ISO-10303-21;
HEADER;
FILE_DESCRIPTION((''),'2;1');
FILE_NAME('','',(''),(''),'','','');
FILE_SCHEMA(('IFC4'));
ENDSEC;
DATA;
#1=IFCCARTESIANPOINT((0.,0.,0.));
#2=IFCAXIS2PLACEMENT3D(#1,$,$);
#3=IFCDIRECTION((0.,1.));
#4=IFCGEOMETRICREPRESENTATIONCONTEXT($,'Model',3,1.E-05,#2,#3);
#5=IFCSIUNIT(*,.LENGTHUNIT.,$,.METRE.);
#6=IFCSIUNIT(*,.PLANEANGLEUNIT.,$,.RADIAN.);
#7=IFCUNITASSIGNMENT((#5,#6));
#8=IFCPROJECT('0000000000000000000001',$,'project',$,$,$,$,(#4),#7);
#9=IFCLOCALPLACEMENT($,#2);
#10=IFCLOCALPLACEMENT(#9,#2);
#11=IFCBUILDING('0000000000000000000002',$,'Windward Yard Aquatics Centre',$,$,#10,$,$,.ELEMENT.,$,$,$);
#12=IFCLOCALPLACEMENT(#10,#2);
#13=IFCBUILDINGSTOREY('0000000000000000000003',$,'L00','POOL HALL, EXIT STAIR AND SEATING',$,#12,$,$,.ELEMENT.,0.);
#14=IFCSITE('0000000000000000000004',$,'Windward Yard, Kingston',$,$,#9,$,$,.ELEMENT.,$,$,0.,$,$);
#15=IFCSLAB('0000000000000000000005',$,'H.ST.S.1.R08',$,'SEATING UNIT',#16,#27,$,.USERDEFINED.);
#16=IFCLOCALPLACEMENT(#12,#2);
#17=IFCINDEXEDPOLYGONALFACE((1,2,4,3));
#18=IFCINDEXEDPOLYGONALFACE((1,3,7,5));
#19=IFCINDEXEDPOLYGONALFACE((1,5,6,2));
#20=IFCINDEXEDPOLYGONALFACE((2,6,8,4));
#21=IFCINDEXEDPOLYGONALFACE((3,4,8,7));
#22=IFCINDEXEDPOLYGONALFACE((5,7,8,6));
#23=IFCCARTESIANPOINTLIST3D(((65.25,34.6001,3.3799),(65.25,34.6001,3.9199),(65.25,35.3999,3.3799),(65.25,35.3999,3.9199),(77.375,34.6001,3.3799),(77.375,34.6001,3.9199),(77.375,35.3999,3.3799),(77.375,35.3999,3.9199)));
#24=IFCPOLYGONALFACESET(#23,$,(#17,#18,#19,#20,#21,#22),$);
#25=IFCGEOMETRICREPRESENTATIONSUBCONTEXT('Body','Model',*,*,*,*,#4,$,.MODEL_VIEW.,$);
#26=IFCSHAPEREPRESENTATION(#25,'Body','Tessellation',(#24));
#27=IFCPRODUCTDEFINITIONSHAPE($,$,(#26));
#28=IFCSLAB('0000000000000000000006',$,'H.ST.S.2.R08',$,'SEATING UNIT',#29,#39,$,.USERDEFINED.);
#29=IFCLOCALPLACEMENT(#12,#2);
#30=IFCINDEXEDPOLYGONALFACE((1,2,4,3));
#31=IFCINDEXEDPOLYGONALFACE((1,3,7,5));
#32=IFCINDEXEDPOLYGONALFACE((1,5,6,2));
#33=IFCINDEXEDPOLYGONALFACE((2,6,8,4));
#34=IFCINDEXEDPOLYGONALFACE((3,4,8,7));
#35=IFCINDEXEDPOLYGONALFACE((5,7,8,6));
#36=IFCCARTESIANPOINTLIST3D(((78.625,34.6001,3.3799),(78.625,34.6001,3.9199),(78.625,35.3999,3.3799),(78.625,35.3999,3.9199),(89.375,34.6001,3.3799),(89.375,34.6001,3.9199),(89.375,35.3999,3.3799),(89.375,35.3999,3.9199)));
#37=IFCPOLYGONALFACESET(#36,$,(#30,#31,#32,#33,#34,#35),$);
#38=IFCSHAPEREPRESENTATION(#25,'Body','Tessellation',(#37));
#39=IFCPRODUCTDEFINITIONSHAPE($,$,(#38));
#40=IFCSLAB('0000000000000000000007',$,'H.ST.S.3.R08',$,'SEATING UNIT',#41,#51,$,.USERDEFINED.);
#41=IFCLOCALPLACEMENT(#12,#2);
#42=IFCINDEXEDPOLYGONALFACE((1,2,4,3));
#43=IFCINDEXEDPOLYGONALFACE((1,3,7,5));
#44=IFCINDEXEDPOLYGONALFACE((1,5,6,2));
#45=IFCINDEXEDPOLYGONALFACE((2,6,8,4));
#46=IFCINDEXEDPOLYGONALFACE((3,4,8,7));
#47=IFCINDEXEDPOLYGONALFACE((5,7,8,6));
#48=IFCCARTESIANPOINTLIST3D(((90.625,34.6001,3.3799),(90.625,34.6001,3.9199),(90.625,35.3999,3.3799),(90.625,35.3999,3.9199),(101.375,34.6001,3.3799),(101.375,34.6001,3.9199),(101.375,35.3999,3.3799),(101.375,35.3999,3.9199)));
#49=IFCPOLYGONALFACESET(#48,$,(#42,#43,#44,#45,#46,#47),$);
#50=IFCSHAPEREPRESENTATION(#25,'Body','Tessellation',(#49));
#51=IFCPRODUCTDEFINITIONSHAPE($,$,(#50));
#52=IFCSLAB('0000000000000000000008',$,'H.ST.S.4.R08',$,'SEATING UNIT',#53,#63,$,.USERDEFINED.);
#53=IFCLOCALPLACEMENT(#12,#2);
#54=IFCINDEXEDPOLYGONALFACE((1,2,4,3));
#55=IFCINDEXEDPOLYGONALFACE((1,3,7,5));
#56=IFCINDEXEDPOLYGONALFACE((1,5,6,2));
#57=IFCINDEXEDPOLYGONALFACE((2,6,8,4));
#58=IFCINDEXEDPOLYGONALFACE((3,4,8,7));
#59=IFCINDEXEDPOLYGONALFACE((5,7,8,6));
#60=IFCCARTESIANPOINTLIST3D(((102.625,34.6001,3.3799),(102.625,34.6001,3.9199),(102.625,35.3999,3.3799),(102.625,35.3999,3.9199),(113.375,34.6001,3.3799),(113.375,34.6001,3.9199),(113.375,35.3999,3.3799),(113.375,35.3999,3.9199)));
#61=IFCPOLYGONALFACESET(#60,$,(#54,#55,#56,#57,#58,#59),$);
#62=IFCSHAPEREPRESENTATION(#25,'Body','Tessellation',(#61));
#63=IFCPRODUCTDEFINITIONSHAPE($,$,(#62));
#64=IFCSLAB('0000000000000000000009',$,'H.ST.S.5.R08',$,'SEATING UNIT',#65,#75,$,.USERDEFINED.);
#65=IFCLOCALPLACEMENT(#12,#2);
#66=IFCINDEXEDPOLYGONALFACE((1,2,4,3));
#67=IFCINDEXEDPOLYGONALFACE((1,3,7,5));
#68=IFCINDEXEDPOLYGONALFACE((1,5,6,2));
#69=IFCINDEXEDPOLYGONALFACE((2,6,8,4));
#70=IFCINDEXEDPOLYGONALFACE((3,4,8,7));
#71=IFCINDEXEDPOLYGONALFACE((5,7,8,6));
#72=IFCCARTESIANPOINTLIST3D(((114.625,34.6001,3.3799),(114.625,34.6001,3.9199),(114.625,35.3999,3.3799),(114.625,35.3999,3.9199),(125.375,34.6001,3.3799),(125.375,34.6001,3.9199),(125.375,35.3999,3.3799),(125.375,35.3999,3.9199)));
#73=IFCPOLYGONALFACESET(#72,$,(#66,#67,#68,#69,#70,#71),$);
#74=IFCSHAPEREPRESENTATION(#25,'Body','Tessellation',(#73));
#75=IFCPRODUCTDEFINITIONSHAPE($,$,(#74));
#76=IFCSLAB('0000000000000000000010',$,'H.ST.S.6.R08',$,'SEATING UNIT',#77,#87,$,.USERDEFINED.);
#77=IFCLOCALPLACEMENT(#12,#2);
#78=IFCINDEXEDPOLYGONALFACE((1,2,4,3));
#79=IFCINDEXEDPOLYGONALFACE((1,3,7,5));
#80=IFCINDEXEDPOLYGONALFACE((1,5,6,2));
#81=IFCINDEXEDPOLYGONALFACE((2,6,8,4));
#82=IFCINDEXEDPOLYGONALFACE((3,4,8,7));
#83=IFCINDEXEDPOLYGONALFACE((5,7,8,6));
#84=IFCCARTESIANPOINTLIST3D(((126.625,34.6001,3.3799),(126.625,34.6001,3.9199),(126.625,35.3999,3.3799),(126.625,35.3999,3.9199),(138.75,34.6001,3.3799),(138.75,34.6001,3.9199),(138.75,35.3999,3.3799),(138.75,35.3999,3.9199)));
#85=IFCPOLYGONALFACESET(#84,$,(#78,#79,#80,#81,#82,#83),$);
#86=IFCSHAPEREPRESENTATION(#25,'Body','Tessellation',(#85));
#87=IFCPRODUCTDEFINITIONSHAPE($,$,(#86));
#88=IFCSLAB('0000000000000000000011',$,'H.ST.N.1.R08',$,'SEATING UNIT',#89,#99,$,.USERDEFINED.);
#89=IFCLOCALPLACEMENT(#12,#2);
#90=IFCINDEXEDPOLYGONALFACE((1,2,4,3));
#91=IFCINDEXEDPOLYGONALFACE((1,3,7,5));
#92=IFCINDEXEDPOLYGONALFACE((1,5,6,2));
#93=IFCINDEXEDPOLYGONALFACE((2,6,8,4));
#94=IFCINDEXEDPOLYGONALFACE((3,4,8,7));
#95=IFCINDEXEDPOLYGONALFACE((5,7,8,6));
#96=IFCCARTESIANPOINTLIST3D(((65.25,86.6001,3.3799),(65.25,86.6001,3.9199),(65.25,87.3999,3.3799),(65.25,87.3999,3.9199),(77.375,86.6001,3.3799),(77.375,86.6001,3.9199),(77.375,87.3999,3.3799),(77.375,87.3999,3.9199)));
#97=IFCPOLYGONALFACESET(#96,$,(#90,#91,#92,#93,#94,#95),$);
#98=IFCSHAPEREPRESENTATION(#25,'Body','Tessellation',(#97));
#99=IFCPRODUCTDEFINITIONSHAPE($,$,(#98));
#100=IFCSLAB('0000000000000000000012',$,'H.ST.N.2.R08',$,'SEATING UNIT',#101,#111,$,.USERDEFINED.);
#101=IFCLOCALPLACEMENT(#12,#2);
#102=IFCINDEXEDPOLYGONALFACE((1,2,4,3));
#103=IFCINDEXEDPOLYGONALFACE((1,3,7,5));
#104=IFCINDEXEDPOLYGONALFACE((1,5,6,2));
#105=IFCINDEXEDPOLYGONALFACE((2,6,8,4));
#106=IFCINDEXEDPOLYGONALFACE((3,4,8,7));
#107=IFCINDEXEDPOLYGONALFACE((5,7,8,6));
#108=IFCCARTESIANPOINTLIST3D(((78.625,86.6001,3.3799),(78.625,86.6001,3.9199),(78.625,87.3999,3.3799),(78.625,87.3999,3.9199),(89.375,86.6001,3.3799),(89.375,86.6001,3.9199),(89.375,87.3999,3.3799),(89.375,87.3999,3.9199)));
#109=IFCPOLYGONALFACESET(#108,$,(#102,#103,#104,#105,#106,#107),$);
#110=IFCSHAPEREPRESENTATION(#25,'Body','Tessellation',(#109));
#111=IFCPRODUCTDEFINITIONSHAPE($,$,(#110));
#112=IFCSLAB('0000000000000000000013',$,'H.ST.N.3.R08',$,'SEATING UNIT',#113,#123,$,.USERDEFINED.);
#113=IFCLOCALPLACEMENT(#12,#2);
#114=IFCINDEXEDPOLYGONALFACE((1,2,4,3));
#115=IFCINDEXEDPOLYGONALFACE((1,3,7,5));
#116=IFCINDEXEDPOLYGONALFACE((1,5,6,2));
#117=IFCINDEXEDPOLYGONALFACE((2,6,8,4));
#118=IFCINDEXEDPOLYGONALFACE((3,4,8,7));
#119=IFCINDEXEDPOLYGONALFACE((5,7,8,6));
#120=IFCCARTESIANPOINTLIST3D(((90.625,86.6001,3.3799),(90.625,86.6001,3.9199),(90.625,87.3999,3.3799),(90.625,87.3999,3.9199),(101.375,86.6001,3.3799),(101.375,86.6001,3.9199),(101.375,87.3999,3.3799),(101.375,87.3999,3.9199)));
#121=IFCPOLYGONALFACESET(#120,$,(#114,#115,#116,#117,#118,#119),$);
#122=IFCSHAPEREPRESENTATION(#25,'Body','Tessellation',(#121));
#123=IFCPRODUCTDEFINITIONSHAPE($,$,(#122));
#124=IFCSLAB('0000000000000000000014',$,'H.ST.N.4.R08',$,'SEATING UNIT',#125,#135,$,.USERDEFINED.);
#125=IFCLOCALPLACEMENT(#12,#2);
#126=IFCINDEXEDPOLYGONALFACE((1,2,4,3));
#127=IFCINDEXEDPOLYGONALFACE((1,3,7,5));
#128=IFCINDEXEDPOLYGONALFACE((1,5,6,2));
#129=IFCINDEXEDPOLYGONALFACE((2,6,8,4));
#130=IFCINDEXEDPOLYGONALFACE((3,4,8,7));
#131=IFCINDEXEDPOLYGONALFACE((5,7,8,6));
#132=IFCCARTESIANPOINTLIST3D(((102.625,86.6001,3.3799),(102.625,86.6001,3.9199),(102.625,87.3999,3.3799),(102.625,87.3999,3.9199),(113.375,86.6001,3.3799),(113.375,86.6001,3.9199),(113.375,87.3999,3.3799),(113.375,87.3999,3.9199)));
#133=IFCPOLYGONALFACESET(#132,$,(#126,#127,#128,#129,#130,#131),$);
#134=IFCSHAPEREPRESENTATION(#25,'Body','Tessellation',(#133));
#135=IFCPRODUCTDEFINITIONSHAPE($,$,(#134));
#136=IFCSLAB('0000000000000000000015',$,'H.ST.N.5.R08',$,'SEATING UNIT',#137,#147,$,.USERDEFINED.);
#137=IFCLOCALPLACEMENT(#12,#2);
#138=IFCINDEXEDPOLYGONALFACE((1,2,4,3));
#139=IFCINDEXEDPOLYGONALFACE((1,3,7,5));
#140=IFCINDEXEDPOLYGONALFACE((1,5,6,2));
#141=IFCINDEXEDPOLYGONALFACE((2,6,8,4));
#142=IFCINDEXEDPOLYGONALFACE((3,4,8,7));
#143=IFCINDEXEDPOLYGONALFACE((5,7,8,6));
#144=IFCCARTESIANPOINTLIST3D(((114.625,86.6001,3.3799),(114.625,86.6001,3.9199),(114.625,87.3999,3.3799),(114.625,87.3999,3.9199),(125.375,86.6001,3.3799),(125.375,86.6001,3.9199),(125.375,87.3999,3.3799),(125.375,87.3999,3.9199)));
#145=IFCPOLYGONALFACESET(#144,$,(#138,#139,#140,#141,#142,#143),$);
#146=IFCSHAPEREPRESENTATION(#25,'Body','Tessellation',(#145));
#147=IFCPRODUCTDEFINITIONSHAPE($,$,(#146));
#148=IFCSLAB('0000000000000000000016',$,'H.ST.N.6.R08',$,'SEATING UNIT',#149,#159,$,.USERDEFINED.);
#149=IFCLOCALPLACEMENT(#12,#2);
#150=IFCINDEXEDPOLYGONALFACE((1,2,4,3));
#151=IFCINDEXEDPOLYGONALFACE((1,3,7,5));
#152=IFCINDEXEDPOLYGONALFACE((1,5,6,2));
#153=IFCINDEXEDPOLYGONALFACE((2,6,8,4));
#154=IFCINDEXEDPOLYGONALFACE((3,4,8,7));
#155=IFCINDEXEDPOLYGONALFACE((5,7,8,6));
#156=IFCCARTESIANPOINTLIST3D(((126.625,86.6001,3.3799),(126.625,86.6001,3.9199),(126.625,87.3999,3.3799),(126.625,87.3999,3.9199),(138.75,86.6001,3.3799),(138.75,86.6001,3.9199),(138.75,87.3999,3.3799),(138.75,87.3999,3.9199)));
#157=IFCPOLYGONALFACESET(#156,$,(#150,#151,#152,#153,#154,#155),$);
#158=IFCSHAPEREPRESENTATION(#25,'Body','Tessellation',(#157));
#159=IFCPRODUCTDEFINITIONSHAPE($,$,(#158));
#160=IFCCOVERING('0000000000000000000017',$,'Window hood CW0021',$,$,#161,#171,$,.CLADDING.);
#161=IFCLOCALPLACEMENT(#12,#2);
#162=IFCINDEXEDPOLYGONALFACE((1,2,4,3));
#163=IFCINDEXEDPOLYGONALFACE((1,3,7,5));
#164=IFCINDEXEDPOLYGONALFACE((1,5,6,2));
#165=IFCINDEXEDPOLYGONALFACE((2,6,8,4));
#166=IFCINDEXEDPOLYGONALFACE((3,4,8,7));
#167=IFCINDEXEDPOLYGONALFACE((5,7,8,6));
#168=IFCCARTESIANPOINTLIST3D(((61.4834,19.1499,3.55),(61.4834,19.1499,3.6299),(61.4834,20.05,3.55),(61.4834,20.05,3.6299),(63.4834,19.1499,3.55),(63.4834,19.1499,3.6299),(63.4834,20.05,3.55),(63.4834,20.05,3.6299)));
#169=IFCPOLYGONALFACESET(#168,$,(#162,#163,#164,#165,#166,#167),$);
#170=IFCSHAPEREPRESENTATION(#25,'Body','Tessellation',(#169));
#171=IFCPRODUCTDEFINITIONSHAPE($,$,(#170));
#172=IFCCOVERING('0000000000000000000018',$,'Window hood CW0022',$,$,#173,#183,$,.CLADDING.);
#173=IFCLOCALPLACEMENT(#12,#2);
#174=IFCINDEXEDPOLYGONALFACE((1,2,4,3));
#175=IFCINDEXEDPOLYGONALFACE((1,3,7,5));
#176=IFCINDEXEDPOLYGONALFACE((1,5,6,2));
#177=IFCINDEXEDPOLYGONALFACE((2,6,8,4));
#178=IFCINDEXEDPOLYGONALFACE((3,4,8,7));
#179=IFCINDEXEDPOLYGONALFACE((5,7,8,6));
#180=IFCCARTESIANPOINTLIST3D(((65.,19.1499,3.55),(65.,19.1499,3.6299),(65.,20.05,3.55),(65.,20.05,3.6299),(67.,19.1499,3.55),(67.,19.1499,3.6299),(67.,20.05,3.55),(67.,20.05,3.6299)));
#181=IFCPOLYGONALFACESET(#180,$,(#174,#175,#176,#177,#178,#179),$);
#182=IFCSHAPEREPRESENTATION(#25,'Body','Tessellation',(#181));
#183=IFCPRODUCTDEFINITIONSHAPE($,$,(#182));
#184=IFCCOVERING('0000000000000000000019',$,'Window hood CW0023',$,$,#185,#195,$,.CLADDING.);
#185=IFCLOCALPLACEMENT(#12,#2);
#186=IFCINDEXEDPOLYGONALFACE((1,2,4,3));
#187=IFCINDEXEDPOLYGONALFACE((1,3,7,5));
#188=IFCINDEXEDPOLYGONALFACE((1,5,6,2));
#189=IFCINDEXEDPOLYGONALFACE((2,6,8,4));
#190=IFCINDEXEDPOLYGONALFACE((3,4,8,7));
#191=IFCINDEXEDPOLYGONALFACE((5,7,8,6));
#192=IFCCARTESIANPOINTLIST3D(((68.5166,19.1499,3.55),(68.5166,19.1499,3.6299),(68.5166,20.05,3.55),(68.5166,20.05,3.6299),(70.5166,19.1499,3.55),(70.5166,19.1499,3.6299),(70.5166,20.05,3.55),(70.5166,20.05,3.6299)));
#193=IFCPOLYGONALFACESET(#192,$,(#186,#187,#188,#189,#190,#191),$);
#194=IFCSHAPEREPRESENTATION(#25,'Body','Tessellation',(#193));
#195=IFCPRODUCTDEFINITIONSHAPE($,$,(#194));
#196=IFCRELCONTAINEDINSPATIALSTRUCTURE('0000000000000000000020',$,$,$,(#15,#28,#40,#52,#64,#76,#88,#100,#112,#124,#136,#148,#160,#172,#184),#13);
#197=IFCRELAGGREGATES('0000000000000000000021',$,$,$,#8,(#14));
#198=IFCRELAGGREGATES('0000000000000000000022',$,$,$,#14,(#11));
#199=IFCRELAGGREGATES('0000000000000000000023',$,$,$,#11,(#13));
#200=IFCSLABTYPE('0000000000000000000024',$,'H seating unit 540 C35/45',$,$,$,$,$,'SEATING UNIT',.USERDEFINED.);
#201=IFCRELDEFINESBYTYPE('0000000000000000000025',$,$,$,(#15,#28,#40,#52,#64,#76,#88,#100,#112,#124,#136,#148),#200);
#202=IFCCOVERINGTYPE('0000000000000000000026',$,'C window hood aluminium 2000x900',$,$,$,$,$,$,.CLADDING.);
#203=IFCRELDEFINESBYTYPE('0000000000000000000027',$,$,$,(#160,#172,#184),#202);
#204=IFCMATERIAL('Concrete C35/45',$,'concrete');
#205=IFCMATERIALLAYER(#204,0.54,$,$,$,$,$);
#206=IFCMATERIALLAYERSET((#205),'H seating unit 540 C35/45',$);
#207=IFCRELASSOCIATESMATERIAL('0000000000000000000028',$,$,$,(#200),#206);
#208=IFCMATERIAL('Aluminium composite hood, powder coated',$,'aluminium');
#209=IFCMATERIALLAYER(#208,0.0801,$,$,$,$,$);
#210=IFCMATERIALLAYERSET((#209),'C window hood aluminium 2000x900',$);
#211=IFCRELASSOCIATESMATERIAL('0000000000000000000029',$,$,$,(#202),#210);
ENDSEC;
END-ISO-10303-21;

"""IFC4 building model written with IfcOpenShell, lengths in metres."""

from ifc_helpers import new_model, si_unit, direction, frame, origin, place, context, subcontext, project, spatial, polyline, outline, extrude, material, layer, layer_set, type_object, element, save


model = new_model("IFC4")

# Units and contexts
model_context = context("Model", 3, precision=1e-05, world=origin(), true_north=direction((0.0, 1.0)))
body_context = subcontext(model_context, "Body", "Model", "MODEL_VIEW")
ifc_project = project(units=[si_unit("LENGTHUNIT", "METRE"), si_unit("PLANEANGLEUNIT", "RADIAN")], contexts=[model_context])

# Site, building, storey
site_placement = place(None, origin())
site = spatial("IfcSite", under=ifc_project, at=site_placement, Name="Windward Yard, Kingston", CompositionType="ELEMENT", RefElevation=0.0)
building_placement = place(site_placement, origin())
building = spatial("IfcBuilding", under=site, at=building_placement, Name="Windward Yard Aquatics Centre", CompositionType="ELEMENT")
storey_placement = place(building_placement, origin())
storey = spatial("IfcBuildingStorey", under=building, at=storey_placement, Name="L00", Description="POOL HALL, EXIT STAIR AND SEATING", CompositionType="ELEMENT", Elevation=0.0)

# Slabs
ifc_material_1 = material(Name="Concrete C35/45", Category="concrete")
ifc_layer_1 = layer(ifc_material_1, 0.54)
ifc_layer_set_1 = layer_set([ifc_layer_1], Name="H seating unit 540 C35/45")
slab_type = type_object("IfcSlabType", Name="H seating unit 540 C35/45", ElementType="SEATING UNIT", PredefinedType="USERDEFINED", material=ifc_layer_set_1)
slab_1_placement = place(storey_placement, frame((0.0, 0.0, 3.3799)))
element("IfcSlab", 1, at=slab_1_placement, inside=storey, type_object=slab_type, Name="H.ST.S.1.R08", ObjectType="SEATING UNIT", PredefinedType="USERDEFINED", context=body_context, shape_type="SweptSolid", body=[
    extrude(outline(polyline([(65.25, 34.6001), (77.375, 34.6001), (77.375, 35.3999), (65.25, 35.3999), (65.25, 34.6001)])), origin(), (0.0, 0.0, 1.0), 0.54),
])
slab_2_placement = place(storey_placement, frame((0.0, 0.0, 3.3799)))
element("IfcSlab", 2, at=slab_2_placement, inside=storey, type_object=slab_type, Name="H.ST.S.2.R08", ObjectType="SEATING UNIT", PredefinedType="USERDEFINED", context=body_context, shape_type="SweptSolid", body=[
    extrude(outline(polyline([(78.625, 34.6001), (89.375, 34.6001), (89.375, 35.3999), (78.625, 35.3999), (78.625, 34.6001)])), origin(), (0.0, 0.0, 1.0), 0.54),
])
slab_3_placement = place(storey_placement, frame((0.0, 0.0, 3.3799)))
element("IfcSlab", 3, at=slab_3_placement, inside=storey, type_object=slab_type, Name="H.ST.S.3.R08", ObjectType="SEATING UNIT", PredefinedType="USERDEFINED", context=body_context, shape_type="SweptSolid", body=[
    extrude(outline(polyline([(90.625, 34.6001), (101.375, 34.6001), (101.375, 35.3999), (90.625, 35.3999), (90.625, 34.6001)])), origin(), (0.0, 0.0, 1.0), 0.54),
])
slab_4_placement = place(storey_placement, frame((0.0, 0.0, 3.3799)))
element("IfcSlab", 4, at=slab_4_placement, inside=storey, type_object=slab_type, Name="H.ST.S.4.R08", ObjectType="SEATING UNIT", PredefinedType="USERDEFINED", context=body_context, shape_type="SweptSolid", body=[
    extrude(outline(polyline([(102.625, 34.6001), (113.375, 34.6001), (113.375, 35.3999), (102.625, 35.3999), (102.625, 34.6001)])), origin(), (0.0, 0.0, 1.0), 0.54),
])
slab_5_placement = place(storey_placement, frame((0.0, 0.0, 3.3799)))
element("IfcSlab", 5, at=slab_5_placement, inside=storey, type_object=slab_type, Name="H.ST.S.5.R08", ObjectType="SEATING UNIT", PredefinedType="USERDEFINED", context=body_context, shape_type="SweptSolid", body=[
    extrude(outline(polyline([(114.625, 34.6001), (125.375, 34.6001), (125.375, 35.3999), (114.625, 35.3999), (114.625, 34.6001)])), origin(), (0.0, 0.0, 1.0), 0.54),
])
slab_6_placement = place(storey_placement, frame((0.0, 0.0, 3.3799)))
element("IfcSlab", 6, at=slab_6_placement, inside=storey, type_object=slab_type, Name="H.ST.S.6.R08", ObjectType="SEATING UNIT", PredefinedType="USERDEFINED", context=body_context, shape_type="SweptSolid", body=[
    extrude(outline(polyline([(126.625, 34.6001), (138.75, 34.6001), (138.75, 35.3999), (126.625, 35.3999), (126.625, 34.6001)])), origin(), (0.0, 0.0, 1.0), 0.54),
])
slab_7_placement = place(storey_placement, frame((0.0, 0.0, 3.3799)))
element("IfcSlab", 7, at=slab_7_placement, inside=storey, type_object=slab_type, Name="H.ST.N.1.R08", ObjectType="SEATING UNIT", PredefinedType="USERDEFINED", context=body_context, shape_type="SweptSolid", body=[
    extrude(outline(polyline([(65.25, 86.6001), (77.375, 86.6001), (77.375, 87.3999), (65.25, 87.3999), (65.25, 86.6001)])), origin(), (0.0, 0.0, 1.0), 0.54),
])
slab_8_placement = place(storey_placement, frame((0.0, 0.0, 3.3799)))
element("IfcSlab", 8, at=slab_8_placement, inside=storey, type_object=slab_type, Name="H.ST.N.2.R08", ObjectType="SEATING UNIT", PredefinedType="USERDEFINED", context=body_context, shape_type="SweptSolid", body=[
    extrude(outline(polyline([(78.625, 86.6001), (89.375, 86.6001), (89.375, 87.3999), (78.625, 87.3999), (78.625, 86.6001)])), origin(), (0.0, 0.0, 1.0), 0.54),
])
slab_9_placement = place(storey_placement, frame((0.0, 0.0, 3.3799)))
element("IfcSlab", 9, at=slab_9_placement, inside=storey, type_object=slab_type, Name="H.ST.N.3.R08", ObjectType="SEATING UNIT", PredefinedType="USERDEFINED", context=body_context, shape_type="SweptSolid", body=[
    extrude(outline(polyline([(90.625, 86.6001), (101.375, 86.6001), (101.375, 87.3999), (90.625, 87.3999), (90.625, 86.6001)])), origin(), (0.0, 0.0, 1.0), 0.54),
])
slab_10_placement = place(storey_placement, frame((0.0, 0.0, 3.3799)))
element("IfcSlab", 10, at=slab_10_placement, inside=storey, type_object=slab_type, Name="H.ST.N.4.R08", ObjectType="SEATING UNIT", PredefinedType="USERDEFINED", context=body_context, shape_type="SweptSolid", body=[
    extrude(outline(polyline([(102.625, 86.6001), (113.375, 86.6001), (113.375, 87.3999), (102.625, 87.3999), (102.625, 86.6001)])), origin(), (0.0, 0.0, 1.0), 0.54),
])
slab_11_placement = place(storey_placement, frame((0.0, 0.0, 3.3799)))
element("IfcSlab", 11, at=slab_11_placement, inside=storey, type_object=slab_type, Name="H.ST.N.5.R08", ObjectType="SEATING UNIT", PredefinedType="USERDEFINED", context=body_context, shape_type="SweptSolid", body=[
    extrude(outline(polyline([(114.625, 86.6001), (125.375, 86.6001), (125.375, 87.3999), (114.625, 87.3999), (114.625, 86.6001)])), origin(), (0.0, 0.0, 1.0), 0.54),
])
slab_12_placement = place(storey_placement, frame((0.0, 0.0, 3.3799)))
element("IfcSlab", 12, at=slab_12_placement, inside=storey, type_object=slab_type, Name="H.ST.N.6.R08", ObjectType="SEATING UNIT", PredefinedType="USERDEFINED", context=body_context, shape_type="SweptSolid", body=[
    extrude(outline(polyline([(126.625, 86.6001), (138.75, 86.6001), (138.75, 87.3999), (126.625, 87.3999), (126.625, 86.6001)])), origin(), (0.0, 0.0, 1.0), 0.54),
])

# Coverings
ifc_material_2 = material(Name="Aluminium composite hood, powder coated", Category="aluminium")
ifc_layer_2 = layer(ifc_material_2, 0.0801)
ifc_layer_set_2 = layer_set([ifc_layer_2], Name="C window hood aluminium 2000x900")
covering_type_1 = type_object("IfcCoveringType", Name="C window hood aluminium 2000x900", PredefinedType="CLADDING", material=ifc_layer_set_2)
covering_1_placement = place(storey_placement, frame((0.0, 0.0, 3.55)))
element("IfcCovering", 13, at=covering_1_placement, inside=storey, type_object=covering_type_1, Name="Window hood CW0021", PredefinedType="CLADDING", context=body_context, shape_type="SweptSolid", body=[
    extrude(outline(polyline([(61.4834, 19.1499), (63.4834, 19.1499), (63.4834, 20.05), (61.4834, 20.05), (61.4834, 19.1499)])), origin(), (0.0, 0.0, 1.0), 0.0798),
])
covering_2_placement = place(storey_placement, frame((0.0, 0.0, 3.55)))
element("IfcCovering", 14, at=covering_2_placement, inside=storey, type_object=covering_type_1, Name="Window hood CW0022", PredefinedType="CLADDING", context=body_context, shape_type="SweptSolid", body=[
    extrude(outline(polyline([(65.0, 19.1499), (67.0, 19.1499), (67.0, 20.05), (65.0, 20.05), (65.0, 19.1499)])), origin(), (0.0, 0.0, 1.0), 0.0798),
])
covering_3_placement = place(storey_placement, frame((0.0, 0.0, 3.55)))
element("IfcCovering", 15, at=covering_3_placement, inside=storey, type_object=covering_type_1, Name="Window hood CW0023", PredefinedType="CLADDING", context=body_context, shape_type="SweptSolid", body=[
    extrude(outline(polyline([(68.5166, 19.1499), (70.5166, 19.1499), (70.5166, 20.05), (68.5166, 20.05), (68.5166, 19.1499)])), origin(), (0.0, 0.0, 1.0), 0.0798),
])

save(model, "model.ifc")
